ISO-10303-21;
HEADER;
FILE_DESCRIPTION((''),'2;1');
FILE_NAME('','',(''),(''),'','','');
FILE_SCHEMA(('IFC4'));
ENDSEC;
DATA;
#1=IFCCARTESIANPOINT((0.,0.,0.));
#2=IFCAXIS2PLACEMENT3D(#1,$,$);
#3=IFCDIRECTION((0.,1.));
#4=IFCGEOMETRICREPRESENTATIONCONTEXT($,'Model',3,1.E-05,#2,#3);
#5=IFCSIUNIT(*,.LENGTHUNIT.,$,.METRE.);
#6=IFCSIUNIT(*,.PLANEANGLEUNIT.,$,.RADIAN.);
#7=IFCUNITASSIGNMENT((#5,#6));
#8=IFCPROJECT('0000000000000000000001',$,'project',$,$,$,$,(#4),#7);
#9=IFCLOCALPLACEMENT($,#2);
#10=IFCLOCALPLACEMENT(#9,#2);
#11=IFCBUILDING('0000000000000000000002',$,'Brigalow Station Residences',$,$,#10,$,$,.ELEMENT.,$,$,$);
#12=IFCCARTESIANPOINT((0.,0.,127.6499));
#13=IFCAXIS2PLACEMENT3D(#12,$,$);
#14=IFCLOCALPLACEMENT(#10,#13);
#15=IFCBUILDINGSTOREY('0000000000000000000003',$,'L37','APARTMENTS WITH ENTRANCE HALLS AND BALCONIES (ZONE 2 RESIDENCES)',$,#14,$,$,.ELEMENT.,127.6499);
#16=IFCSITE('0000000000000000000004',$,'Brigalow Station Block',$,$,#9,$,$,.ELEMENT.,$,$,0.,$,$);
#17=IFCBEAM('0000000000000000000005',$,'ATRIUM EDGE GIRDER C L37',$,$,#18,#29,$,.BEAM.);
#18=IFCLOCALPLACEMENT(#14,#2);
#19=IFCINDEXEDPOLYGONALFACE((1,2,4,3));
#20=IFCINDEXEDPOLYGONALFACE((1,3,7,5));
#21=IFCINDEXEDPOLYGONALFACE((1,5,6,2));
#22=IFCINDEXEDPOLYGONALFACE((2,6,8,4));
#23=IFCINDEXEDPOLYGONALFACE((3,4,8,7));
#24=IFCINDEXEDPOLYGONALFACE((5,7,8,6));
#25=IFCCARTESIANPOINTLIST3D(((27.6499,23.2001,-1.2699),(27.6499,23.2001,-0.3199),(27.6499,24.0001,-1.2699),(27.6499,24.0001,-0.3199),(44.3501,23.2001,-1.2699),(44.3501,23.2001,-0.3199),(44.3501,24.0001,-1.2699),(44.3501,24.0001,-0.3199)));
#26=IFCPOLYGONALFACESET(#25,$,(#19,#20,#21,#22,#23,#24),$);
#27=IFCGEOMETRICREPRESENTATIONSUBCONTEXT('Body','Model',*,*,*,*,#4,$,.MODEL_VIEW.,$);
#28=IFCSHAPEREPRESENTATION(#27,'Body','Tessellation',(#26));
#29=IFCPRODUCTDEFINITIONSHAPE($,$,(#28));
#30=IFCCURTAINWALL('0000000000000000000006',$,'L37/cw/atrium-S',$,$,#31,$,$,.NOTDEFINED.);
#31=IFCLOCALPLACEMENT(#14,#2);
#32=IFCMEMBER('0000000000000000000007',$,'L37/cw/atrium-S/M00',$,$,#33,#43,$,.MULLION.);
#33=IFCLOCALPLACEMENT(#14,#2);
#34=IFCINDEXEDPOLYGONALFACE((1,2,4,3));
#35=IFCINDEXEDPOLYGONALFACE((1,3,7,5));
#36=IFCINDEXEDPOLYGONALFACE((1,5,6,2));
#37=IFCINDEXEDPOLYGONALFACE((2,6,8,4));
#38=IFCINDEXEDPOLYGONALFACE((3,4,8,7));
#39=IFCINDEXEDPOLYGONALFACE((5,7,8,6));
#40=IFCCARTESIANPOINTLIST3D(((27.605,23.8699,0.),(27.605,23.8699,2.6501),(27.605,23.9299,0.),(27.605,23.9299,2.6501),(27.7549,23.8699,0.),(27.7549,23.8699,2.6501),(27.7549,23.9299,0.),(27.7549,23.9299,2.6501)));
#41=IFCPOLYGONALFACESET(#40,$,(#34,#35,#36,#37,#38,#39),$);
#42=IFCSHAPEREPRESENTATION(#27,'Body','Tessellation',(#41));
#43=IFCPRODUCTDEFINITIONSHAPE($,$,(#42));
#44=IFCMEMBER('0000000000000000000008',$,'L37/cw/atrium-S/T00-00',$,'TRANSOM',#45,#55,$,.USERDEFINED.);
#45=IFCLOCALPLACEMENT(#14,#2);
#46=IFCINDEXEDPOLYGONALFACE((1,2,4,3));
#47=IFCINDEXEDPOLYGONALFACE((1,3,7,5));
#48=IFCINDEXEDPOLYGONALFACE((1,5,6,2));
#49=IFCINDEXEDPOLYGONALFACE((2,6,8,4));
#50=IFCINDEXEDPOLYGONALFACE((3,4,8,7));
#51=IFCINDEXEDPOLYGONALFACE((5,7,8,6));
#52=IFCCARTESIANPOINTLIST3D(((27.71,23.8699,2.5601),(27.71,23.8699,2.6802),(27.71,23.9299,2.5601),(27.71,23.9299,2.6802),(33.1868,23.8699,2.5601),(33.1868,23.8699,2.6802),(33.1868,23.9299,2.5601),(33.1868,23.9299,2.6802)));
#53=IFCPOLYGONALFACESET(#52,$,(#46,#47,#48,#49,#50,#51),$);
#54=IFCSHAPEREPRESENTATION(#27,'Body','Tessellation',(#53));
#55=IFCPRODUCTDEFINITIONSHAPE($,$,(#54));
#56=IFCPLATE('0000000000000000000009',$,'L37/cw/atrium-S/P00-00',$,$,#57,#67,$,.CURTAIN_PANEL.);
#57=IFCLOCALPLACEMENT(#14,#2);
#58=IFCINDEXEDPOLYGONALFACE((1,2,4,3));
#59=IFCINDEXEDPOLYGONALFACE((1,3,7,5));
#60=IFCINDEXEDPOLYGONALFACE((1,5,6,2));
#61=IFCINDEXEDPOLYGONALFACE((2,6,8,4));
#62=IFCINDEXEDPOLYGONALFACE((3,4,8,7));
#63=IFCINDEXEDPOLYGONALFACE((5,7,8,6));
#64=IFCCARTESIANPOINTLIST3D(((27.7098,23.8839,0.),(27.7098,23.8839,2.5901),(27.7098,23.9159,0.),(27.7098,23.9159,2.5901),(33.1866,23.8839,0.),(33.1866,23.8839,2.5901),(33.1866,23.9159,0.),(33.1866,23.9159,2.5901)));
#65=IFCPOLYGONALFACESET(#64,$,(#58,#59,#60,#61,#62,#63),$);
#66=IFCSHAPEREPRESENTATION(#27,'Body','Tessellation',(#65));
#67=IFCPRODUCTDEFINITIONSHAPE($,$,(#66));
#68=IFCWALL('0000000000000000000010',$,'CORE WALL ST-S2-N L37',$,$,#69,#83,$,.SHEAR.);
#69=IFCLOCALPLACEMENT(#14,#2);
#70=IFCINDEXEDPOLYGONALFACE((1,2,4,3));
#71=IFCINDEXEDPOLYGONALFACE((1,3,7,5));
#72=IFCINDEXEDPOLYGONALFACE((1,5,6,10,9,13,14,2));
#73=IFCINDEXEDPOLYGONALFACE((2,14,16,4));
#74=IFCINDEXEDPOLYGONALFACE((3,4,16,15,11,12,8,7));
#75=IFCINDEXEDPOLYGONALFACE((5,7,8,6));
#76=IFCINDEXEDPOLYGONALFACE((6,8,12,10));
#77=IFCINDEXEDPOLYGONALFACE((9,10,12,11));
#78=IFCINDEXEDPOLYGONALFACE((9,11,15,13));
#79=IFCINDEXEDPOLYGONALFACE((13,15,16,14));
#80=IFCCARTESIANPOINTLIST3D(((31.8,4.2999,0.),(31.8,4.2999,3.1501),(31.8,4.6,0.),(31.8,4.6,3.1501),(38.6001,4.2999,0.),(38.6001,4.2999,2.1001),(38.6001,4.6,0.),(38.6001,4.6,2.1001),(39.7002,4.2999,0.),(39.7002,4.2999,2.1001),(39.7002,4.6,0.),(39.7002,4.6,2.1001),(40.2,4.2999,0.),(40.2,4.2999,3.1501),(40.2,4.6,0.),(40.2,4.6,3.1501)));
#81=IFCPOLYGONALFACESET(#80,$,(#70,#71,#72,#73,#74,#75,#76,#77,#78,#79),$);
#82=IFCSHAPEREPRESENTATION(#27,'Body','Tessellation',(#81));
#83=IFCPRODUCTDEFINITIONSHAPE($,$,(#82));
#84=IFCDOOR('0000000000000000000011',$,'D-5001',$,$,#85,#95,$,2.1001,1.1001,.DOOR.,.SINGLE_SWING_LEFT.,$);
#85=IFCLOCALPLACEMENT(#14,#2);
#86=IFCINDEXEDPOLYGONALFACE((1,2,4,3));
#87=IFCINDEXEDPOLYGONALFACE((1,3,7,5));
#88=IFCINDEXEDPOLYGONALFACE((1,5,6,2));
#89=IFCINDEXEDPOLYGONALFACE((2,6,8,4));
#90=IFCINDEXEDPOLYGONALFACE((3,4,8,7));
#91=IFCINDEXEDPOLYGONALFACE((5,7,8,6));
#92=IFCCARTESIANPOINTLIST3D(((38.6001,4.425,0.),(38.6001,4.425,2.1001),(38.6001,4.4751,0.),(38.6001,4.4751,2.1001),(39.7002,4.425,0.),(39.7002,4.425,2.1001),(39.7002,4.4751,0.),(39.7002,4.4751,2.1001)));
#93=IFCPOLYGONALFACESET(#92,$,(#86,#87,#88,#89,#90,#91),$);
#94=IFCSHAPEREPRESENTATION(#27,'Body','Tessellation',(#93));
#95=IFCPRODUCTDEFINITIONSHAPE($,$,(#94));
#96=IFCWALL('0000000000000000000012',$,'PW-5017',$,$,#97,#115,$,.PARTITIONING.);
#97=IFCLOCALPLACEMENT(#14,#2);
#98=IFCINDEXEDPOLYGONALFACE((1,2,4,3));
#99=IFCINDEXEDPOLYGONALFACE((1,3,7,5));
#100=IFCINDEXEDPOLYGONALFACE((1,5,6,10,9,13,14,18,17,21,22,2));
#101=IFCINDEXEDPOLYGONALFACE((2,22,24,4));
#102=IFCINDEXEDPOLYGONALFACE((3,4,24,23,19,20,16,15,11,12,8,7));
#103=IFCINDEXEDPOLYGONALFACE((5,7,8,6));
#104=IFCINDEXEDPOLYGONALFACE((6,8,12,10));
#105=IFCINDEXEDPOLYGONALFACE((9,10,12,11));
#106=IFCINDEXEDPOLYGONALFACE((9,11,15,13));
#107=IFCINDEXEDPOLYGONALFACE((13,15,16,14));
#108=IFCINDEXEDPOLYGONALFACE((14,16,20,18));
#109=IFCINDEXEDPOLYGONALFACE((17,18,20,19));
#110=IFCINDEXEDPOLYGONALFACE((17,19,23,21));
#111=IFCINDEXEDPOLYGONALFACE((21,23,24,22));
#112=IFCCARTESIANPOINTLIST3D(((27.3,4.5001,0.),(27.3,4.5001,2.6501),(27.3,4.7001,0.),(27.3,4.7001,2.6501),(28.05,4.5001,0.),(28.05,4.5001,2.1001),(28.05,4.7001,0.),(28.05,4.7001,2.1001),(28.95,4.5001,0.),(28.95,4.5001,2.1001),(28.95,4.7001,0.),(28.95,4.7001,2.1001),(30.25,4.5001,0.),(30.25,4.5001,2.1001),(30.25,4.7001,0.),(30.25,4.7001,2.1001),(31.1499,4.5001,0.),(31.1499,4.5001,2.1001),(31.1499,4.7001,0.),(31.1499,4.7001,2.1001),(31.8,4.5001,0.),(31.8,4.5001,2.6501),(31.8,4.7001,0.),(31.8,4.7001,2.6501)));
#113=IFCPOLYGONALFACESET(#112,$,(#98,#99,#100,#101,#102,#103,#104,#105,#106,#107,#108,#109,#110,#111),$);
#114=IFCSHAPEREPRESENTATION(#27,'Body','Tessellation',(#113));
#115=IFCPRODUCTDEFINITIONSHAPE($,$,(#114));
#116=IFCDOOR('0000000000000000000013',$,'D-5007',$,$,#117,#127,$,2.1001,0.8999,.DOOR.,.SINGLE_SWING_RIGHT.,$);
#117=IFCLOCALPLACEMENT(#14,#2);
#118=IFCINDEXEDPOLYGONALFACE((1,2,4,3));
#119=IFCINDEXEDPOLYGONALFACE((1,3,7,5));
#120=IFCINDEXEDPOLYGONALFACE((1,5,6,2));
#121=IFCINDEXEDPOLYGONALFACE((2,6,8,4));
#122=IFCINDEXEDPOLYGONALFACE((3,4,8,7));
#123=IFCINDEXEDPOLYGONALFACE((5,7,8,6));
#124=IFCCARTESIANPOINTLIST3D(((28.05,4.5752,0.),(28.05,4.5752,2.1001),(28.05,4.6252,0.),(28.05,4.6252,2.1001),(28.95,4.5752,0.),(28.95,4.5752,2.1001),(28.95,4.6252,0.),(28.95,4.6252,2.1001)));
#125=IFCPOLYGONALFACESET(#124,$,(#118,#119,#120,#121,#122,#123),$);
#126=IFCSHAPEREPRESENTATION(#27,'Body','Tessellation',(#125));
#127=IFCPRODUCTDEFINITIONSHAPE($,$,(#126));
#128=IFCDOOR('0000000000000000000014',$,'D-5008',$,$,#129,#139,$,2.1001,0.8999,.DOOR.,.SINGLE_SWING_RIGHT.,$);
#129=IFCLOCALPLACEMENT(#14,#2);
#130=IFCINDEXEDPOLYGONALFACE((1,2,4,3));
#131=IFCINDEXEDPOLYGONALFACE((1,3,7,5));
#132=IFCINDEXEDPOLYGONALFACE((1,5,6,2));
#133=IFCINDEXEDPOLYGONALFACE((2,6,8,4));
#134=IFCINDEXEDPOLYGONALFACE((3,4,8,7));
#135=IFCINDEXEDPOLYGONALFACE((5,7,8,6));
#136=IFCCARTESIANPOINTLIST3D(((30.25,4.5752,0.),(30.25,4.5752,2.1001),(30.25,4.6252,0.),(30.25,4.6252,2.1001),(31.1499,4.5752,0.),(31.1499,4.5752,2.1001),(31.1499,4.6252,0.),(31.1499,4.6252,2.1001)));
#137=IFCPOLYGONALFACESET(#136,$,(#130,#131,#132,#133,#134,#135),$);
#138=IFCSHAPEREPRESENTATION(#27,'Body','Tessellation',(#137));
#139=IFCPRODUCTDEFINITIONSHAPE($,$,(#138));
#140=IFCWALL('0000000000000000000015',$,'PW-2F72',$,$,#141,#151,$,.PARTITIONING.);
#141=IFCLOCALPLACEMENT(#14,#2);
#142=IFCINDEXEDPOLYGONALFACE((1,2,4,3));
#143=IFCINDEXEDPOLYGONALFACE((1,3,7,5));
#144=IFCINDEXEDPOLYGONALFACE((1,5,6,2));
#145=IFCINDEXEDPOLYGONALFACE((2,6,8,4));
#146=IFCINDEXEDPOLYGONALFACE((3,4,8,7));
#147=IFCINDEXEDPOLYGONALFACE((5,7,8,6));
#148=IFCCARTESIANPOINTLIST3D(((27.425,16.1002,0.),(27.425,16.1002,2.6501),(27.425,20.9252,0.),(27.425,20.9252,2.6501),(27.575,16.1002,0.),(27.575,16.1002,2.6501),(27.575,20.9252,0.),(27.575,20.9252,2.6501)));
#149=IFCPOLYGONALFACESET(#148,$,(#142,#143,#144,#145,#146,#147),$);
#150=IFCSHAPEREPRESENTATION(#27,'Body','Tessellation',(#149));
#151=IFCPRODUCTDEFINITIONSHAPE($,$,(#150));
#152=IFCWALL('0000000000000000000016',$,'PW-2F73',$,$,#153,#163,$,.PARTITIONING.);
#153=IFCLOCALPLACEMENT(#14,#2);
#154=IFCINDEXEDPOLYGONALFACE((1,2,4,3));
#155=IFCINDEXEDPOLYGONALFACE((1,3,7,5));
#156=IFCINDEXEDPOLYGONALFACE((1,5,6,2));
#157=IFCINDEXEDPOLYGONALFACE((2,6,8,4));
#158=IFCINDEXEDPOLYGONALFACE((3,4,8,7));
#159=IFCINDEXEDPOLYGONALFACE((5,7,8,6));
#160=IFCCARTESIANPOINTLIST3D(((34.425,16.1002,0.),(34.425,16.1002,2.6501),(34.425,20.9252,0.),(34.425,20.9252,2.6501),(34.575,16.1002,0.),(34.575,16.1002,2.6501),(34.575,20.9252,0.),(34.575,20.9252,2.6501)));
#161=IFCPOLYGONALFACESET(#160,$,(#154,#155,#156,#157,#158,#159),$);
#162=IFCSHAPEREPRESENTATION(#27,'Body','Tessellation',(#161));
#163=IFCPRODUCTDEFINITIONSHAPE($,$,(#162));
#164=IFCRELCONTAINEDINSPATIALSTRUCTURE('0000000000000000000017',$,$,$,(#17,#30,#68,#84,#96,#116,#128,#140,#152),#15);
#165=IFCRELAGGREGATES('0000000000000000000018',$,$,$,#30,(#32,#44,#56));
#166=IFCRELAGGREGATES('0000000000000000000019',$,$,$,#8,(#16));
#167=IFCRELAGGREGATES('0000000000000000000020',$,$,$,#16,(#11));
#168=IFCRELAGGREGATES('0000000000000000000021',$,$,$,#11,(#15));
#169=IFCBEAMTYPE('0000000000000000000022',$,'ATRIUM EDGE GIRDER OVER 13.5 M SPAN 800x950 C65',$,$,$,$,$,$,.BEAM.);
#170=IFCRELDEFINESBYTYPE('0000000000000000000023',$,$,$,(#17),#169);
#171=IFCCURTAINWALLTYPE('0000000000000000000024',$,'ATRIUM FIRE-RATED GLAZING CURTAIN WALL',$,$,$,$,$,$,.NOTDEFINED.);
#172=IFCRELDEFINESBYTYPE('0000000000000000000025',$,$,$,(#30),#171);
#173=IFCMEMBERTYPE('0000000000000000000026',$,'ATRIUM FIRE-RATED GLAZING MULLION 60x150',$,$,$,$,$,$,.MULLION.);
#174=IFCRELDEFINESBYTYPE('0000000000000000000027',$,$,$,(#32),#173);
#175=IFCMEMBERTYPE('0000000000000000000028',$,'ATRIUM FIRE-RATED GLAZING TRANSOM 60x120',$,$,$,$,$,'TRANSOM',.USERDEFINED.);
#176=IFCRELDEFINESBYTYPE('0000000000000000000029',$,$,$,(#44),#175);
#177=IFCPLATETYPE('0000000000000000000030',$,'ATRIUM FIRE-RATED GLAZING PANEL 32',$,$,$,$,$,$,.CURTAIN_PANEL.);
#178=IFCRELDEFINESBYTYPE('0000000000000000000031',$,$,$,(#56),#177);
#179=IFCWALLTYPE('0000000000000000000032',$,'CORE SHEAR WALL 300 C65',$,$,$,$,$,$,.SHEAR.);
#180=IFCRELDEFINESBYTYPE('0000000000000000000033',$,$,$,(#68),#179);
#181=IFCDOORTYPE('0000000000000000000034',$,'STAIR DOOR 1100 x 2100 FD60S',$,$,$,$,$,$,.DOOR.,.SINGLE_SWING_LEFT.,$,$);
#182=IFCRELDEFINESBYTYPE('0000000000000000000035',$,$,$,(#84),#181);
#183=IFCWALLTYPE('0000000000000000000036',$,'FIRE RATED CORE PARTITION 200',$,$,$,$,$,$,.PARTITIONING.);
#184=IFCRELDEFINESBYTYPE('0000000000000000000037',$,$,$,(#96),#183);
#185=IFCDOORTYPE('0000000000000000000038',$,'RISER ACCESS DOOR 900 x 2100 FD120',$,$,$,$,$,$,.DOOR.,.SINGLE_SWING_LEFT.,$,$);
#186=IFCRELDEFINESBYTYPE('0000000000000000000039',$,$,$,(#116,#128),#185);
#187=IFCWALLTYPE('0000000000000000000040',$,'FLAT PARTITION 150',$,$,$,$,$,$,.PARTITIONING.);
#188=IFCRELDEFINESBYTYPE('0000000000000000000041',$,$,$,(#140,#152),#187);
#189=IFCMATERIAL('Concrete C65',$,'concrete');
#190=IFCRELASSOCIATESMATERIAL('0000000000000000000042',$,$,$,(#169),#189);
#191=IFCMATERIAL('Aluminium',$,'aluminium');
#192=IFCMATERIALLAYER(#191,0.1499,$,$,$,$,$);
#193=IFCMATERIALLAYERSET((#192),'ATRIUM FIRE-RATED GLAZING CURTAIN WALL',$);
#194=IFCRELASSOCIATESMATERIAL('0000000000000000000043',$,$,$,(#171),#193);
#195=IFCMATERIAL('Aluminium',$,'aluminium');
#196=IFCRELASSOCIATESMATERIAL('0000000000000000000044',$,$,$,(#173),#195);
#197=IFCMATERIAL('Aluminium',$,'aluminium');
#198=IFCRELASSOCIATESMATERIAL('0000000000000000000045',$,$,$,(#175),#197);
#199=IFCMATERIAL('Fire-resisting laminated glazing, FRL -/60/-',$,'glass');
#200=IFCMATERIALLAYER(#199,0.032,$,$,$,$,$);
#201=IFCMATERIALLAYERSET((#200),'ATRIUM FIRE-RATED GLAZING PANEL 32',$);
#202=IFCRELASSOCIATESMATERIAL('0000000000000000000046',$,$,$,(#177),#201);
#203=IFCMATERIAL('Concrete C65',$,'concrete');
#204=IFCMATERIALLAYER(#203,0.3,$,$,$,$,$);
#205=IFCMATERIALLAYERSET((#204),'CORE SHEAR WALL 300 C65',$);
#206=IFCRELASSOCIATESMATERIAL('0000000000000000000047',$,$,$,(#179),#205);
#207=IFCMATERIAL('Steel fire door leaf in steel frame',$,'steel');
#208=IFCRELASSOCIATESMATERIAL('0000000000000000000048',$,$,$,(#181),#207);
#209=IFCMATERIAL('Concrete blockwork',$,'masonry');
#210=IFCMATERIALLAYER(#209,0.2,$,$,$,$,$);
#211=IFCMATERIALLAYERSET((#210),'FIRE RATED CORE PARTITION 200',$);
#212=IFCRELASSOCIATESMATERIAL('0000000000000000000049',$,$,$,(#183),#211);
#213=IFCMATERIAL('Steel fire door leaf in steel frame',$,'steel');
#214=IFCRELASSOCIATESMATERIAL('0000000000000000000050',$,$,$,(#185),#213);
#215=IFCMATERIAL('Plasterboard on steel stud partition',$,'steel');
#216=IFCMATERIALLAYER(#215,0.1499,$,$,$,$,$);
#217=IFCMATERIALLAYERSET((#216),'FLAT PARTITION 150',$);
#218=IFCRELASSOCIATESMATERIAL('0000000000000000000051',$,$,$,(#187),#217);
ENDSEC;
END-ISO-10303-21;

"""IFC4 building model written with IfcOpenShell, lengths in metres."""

from ifc_helpers import new_model, si_unit, direction, frame, frame_2d, origin, origin_2d, place, context, subcontext, project, spatial, rectangle, extrude, material, layer, layer_set, material_profile, profile_set, type_object, element, fill, aggregate, save


model = new_model("IFC4")

# Units and contexts
model_context = context("Model", 3, precision=1e-05, world=origin(), true_north=direction((0.0, 1.0)))
body_context = subcontext(model_context, "Body", "Model", "MODEL_VIEW")
ifc_project = project(units=[si_unit("LENGTHUNIT", "METRE"), si_unit("PLANEANGLEUNIT", "RADIAN")], contexts=[model_context])

# Site, building, storey
site_placement = place(None, origin())
site = spatial("IfcSite", under=ifc_project, at=site_placement, Name="Brigalow Station Block", CompositionType="ELEMENT", RefElevation=0.0)
building_placement = place(site_placement, origin())
building = spatial("IfcBuilding", under=site, at=building_placement, Name="Brigalow Station Residences", CompositionType="ELEMENT")
storey_placement = place(building_placement, frame((0.0, 0.0, 127.6499)))
storey = spatial("IfcBuildingStorey", under=building, at=storey_placement, Name="L37", Description="APARTMENTS WITH ENTRANCE HALLS AND BALCONIES (ZONE 2 RESIDENCES)", CompositionType="ELEMENT", Elevation=127.6499)

# Beam
ifc_material_1 = material(Name="Concrete C65", Category="concrete")
ifc_material_profile_1 = material_profile(ifc_material_1, rectangle(XDim=0.8, YDim=0.95, at=origin_2d()), Name="RC800x950")
ifc_profile_set_1 = profile_set([ifc_material_profile_1], Name="Concrete C65")
beam_type = type_object("IfcBeamType", Name="ATRIUM EDGE GIRDER OVER 13.5 M SPAN 800x950 C65", PredefinedType="BEAM", material=ifc_profile_set_1)
beam_placement = place(storey_placement, frame((27.6499, 23.6001, -0.7949), z_axis=(1.0, 0.0, 0.0), x_axis=(0.0, 1.0, 0.0)))
element("IfcBeam", 1, at=beam_placement, inside=storey, type_object=beam_type, Name="ATRIUM EDGE GIRDER C L37", PredefinedType="BEAM", context=body_context, shape_type="SweptSolid", body=[
    extrude(rectangle(XDim=0.8, YDim=0.95, at=origin_2d()), origin(), (0.0, 0.0, 1.0), 16.7002),
])

# Curtain wall, members, plate
ifc_material_2 = material(Name="Aluminium", Category="aluminium")
ifc_layer_1 = layer(ifc_material_2, 0.1499)
ifc_layer_set_1 = layer_set([ifc_layer_1], Name="ATRIUM FIRE-RATED GLAZING CURTAIN WALL")
curtain_wall_type = type_object("IfcCurtainWallType", Name="ATRIUM FIRE-RATED GLAZING CURTAIN WALL", PredefinedType="NOTDEFINED", material=ifc_layer_set_1)
curtain_wall_placement = place(storey_placement, origin())
curtain_wall = element("IfcCurtainWall", 2, at=curtain_wall_placement, inside=storey, type_object=curtain_wall_type, Name="L37/cw/atrium-S", PredefinedType="NOTDEFINED")
ifc_material_3 = material(Name="Aluminium", Category="aluminium")
ifc_material_profile_2 = material_profile(ifc_material_3, rectangle(XDim=0.0601, YDim=0.1499, at=origin_2d()), Name="ATRIUM FIRE-RATED GLAZING MULLION 60x150")
ifc_profile_set_2 = profile_set([ifc_material_profile_2], Name="Aluminium")
member_type_1 = type_object("IfcMemberType", Name="ATRIUM FIRE-RATED GLAZING MULLION 60x150", PredefinedType="MULLION", material=ifc_profile_set_2)
member_1_placement = place(storey_placement, frame((27.6799, 23.8999, 0.0), z_axis=(0.0, 0.0, 1.0), x_axis=(0.0, 1.0, 0.0)))
member_1 = element("IfcMember", 3, at=member_1_placement, type_object=member_type_1, Name="L37/cw/atrium-S/M00", PredefinedType="MULLION", context=body_context, shape_type="SweptSolid", body=[
    extrude(rectangle(XDim=0.0601, YDim=0.1499, at=origin_2d()), origin(), (0.0, 0.0, 1.0), 2.6501),
])
ifc_material_4 = material(Name="Aluminium", Category="aluminium")
ifc_material_profile_3 = material_profile(ifc_material_4, rectangle(XDim=0.0601, YDim=0.1201, at=origin_2d()), Name="ATRIUM FIRE-RATED GLAZING TRANSOM 60x120")
ifc_profile_set_3 = profile_set([ifc_material_profile_3], Name="Aluminium")
member_type_2 = type_object("IfcMemberType", Name="ATRIUM FIRE-RATED GLAZING TRANSOM 60x120", ElementType="TRANSOM", PredefinedType="USERDEFINED", material=ifc_profile_set_3)
member_2_placement = place(storey_placement, frame((27.71, 23.8999, 2.6201), z_axis=(1.0, 0.0, 0.0), x_axis=(0.0, 1.0, 0.0)))
member_2 = element("IfcMember", 4, at=member_2_placement, type_object=member_type_2, Name="L37/cw/atrium-S/T00-00", ObjectType="TRANSOM", PredefinedType="USERDEFINED", context=body_context, shape_type="SweptSolid", body=[
    extrude(rectangle(XDim=0.0601, YDim=0.1201, at=origin_2d()), origin(), (0.0, 0.0, 1.0), 5.4768),
])
ifc_material_5 = material(Name="Fire-resisting laminated glazing, FRL -/60/-", Category="glass")
ifc_layer_2 = layer(ifc_material_5, 0.032)
ifc_layer_set_2 = layer_set([ifc_layer_2], Name="ATRIUM FIRE-RATED GLAZING PANEL 32")
plate_type = type_object("IfcPlateType", Name="ATRIUM FIRE-RATED GLAZING PANEL 32", PredefinedType="CURTAIN_PANEL", material=ifc_layer_set_2)
plate_placement = place(storey_placement, frame((30.4482, 23.8999, 0.0), z_axis=(0.0, 0.0, 1.0), x_axis=(1.0, 0.0, 0.0)))
plate = element("IfcPlate", 5, at=plate_placement, type_object=plate_type, Name="L37/cw/atrium-S/P00-00", PredefinedType="CURTAIN_PANEL", context=body_context, shape_type="SweptSolid", body=[
    extrude(rectangle(XDim=5.4768, YDim=0.032, at=origin_2d()), origin(), (0.0, 0.0, 1.0), 2.5901),
])
aggregate(curtain_wall, [member_1, member_2, plate])

# Wall, opening, door
ifc_material_6 = material(Name="Concrete C65", Category="concrete")
ifc_layer_3 = layer(ifc_material_6, 0.3)
ifc_layer_set_3 = layer_set([ifc_layer_3], Name="CORE SHEAR WALL 300 C65")
wall_type_1 = type_object("IfcWallType", Name="CORE SHEAR WALL 300 C65", PredefinedType="SHEAR", material=ifc_layer_set_3)
wall_1_placement = place(storey_placement, frame((31.8, 4.45, 0.0), z_axis=(0.0, 0.0, 1.0), x_axis=(1.0, 0.0, 0.0)))
wall_1 = element("IfcWall", 6, at=wall_1_placement, inside=storey, type_object=wall_type_1, Name="CORE WALL ST-S2-N L37", PredefinedType="SHEAR", context=body_context, shape_type="SweptSolid", body=[
    extrude(rectangle(XDim=8.3999, YDim=0.3, at=frame_2d((4.2, 0.0))), origin(), (0.0, 0.0, 1.0), 3.1501),
])
opening_1_placement = place(wall_1_placement, frame((6.8, 0.0, 0.0)))
opening_1 = element("IfcOpeningElement", 7, at=opening_1_placement, cuts=wall_1, PredefinedType="OPENING", context=body_context, shape_type="SweptSolid", body=[
    extrude(rectangle(XDim=1.1001, YDim=2.1001, at=frame_2d((0.55, 1.05))), frame((0.0, 0.1602, 0.0), z_axis=(0.0, -1.0, 0.0), x_axis=(1.0, 0.0, 0.0)), (0.0, 0.0, 1.0), 0.3201),
])
ifc_material_7 = material(Name="Steel fire door leaf in steel frame", Category="steel")
door_type_1 = type_object("IfcDoorType", Name="STAIR DOOR 1100 x 2100 FD60S", OperationType="SINGLE_SWING_LEFT", PredefinedType="DOOR", material=ifc_material_7)
door_1_placement = place(opening_1_placement, frame((1.1001, 0.0, 0.0), z_axis=(0.0, 0.0, 1.0), x_axis=(-1.0, 0.0, 0.0)))
door_1 = element("IfcDoor", 8, at=door_1_placement, inside=storey, type_object=door_type_1, Name="D-5001", OperationType="SINGLE_SWING_LEFT", OverallHeight=2.1001, OverallWidth=1.1001, PredefinedType="DOOR", context=body_context, shape_type="SweptSolid", body=[
    extrude(rectangle(XDim=1.1001, YDim=2.1001, at=frame_2d((0.55, 1.05))), frame((0.0, 0.0249, 0.0), z_axis=(0.0, -1.0, 0.0), x_axis=(1.0, 0.0, 0.0)), (0.0, 0.0, 1.0), 0.05),
])
fill(opening_1, door_1)

# Wall, openings, doors
ifc_material_8 = material(Name="Concrete blockwork", Category="masonry")
ifc_layer_4 = layer(ifc_material_8, 0.2)
ifc_layer_set_4 = layer_set([ifc_layer_4], Name="FIRE RATED CORE PARTITION 200")
wall_type_2 = type_object("IfcWallType", Name="FIRE RATED CORE PARTITION 200", PredefinedType="PARTITIONING", material=ifc_layer_set_4)
wall_2_placement = place(storey_placement, frame((27.3, 4.6001, 0.0), z_axis=(0.0, 0.0, 1.0), x_axis=(1.0, 0.0, 0.0)))
wall_2 = element("IfcWall", 9, at=wall_2_placement, inside=storey, type_object=wall_type_2, Name="PW-5017", PredefinedType="PARTITIONING", context=body_context, shape_type="SweptSolid", body=[
    extrude(rectangle(XDim=4.5, YDim=0.2, at=frame_2d((2.25, 0.0))), origin(), (0.0, 0.0, 1.0), 2.6501),
])
opening_2_placement = place(wall_2_placement, frame((0.75, 0.0, 0.0)))
opening_2 = element("IfcOpeningElement", 10, at=opening_2_placement, cuts=wall_2, PredefinedType="OPENING", context=body_context, shape_type="SweptSolid", body=[
    extrude(rectangle(XDim=0.8999, YDim=2.1001, at=frame_2d((0.45, 1.05))), frame((0.0, 0.1099, 0.0), z_axis=(0.0, -1.0, 0.0), x_axis=(1.0, 0.0, 0.0)), (0.0, 0.0, 1.0), 0.22),
])
opening_3_placement = place(wall_2_placement, frame((2.95, 0.0, 0.0)))
opening_3 = element("IfcOpeningElement", 11, at=opening_3_placement, cuts=wall_2, PredefinedType="OPENING", context=body_context, shape_type="SweptSolid", body=[
    extrude(rectangle(XDim=0.8999, YDim=2.1001, at=frame_2d((0.45, 1.05))), frame((0.0, 0.1099, 0.0), z_axis=(0.0, -1.0, 0.0), x_axis=(1.0, 0.0, 0.0)), (0.0, 0.0, 1.0), 0.22),
])
ifc_material_9 = material(Name="Steel fire door leaf in steel frame", Category="steel")
door_type_2 = type_object("IfcDoorType", Name="RISER ACCESS DOOR 900 x 2100 FD120", OperationType="SINGLE_SWING_LEFT", PredefinedType="DOOR", material=ifc_material_9)
door_2_placement = place(opening_2_placement, frame((0.8999, 0.0, 0.0), z_axis=(0.0, 0.0, 1.0), x_axis=(-1.0, 0.0, 0.0)))
door_2 = element("IfcDoor", 12, at=door_2_placement, inside=storey, type_object=door_type_2, Name="D-5007", OperationType="SINGLE_SWING_RIGHT", OverallHeight=2.1001, OverallWidth=0.8999, PredefinedType="DOOR", context=body_context, shape_type="SweptSolid", body=[
    extrude(rectangle(XDim=0.8999, YDim=2.1001, at=frame_2d((0.45, 1.05))), frame((0.0, 0.0249, 0.0), z_axis=(0.0, -1.0, 0.0), x_axis=(1.0, 0.0, 0.0)), (0.0, 0.0, 1.0), 0.05),
])
fill(opening_2, door_2)
door_3_placement = place(opening_3_placement, frame((0.8999, 0.0, 0.0), z_axis=(0.0, 0.0, 1.0), x_axis=(-1.0, 0.0, 0.0)))
door_3 = element("IfcDoor", 13, at=door_3_placement, inside=storey, type_object=door_type_2, Name="D-5008", OperationType="SINGLE_SWING_RIGHT", OverallHeight=2.1001, OverallWidth=0.8999, PredefinedType="DOOR", context=body_context, shape_type="SweptSolid", body=[
    extrude(rectangle(XDim=0.8999, YDim=2.1001, at=frame_2d((0.45, 1.05))), frame((0.0, 0.0249, 0.0), z_axis=(0.0, -1.0, 0.0), x_axis=(1.0, 0.0, 0.0)), (0.0, 0.0, 1.0), 0.05),
])
fill(opening_3, door_3)

# Walls
ifc_material_10 = material(Name="Plasterboard on steel stud partition", Category="steel")
ifc_layer_5 = layer(ifc_material_10, 0.1499)
ifc_layer_set_5 = layer_set([ifc_layer_5], Name="FLAT PARTITION 150")
wall_type_3 = type_object("IfcWallType", Name="FLAT PARTITION 150", PredefinedType="PARTITIONING", material=ifc_layer_set_5)
for number, where, z_axis, x_axis, name in (
    (14, (27.5, 16.1001, 0.0), (0.0, 0.0, 1.0), (0.0, 1.0, 0.0), "PW-2F72"),
    (15, (34.5, 16.1001, 0.0), (0.0, 0.0, 1.0), (0.0, 1.0, 0.0), "PW-2F73"),
):
    element("IfcWall", number, at=place(storey_placement, frame(where, z_axis=z_axis, x_axis=x_axis)), inside=storey, type_object=wall_type_3, Name=name, PredefinedType="PARTITIONING", context=body_context, shape_type="SweptSolid", body=[
        extrude(rectangle(XDim=4.825, YDim=0.1499, at=frame_2d((2.4126, 0.0))), origin(), (0.0, 0.0, 1.0), 2.6501),
    ])

save(model, "model.ifc")
